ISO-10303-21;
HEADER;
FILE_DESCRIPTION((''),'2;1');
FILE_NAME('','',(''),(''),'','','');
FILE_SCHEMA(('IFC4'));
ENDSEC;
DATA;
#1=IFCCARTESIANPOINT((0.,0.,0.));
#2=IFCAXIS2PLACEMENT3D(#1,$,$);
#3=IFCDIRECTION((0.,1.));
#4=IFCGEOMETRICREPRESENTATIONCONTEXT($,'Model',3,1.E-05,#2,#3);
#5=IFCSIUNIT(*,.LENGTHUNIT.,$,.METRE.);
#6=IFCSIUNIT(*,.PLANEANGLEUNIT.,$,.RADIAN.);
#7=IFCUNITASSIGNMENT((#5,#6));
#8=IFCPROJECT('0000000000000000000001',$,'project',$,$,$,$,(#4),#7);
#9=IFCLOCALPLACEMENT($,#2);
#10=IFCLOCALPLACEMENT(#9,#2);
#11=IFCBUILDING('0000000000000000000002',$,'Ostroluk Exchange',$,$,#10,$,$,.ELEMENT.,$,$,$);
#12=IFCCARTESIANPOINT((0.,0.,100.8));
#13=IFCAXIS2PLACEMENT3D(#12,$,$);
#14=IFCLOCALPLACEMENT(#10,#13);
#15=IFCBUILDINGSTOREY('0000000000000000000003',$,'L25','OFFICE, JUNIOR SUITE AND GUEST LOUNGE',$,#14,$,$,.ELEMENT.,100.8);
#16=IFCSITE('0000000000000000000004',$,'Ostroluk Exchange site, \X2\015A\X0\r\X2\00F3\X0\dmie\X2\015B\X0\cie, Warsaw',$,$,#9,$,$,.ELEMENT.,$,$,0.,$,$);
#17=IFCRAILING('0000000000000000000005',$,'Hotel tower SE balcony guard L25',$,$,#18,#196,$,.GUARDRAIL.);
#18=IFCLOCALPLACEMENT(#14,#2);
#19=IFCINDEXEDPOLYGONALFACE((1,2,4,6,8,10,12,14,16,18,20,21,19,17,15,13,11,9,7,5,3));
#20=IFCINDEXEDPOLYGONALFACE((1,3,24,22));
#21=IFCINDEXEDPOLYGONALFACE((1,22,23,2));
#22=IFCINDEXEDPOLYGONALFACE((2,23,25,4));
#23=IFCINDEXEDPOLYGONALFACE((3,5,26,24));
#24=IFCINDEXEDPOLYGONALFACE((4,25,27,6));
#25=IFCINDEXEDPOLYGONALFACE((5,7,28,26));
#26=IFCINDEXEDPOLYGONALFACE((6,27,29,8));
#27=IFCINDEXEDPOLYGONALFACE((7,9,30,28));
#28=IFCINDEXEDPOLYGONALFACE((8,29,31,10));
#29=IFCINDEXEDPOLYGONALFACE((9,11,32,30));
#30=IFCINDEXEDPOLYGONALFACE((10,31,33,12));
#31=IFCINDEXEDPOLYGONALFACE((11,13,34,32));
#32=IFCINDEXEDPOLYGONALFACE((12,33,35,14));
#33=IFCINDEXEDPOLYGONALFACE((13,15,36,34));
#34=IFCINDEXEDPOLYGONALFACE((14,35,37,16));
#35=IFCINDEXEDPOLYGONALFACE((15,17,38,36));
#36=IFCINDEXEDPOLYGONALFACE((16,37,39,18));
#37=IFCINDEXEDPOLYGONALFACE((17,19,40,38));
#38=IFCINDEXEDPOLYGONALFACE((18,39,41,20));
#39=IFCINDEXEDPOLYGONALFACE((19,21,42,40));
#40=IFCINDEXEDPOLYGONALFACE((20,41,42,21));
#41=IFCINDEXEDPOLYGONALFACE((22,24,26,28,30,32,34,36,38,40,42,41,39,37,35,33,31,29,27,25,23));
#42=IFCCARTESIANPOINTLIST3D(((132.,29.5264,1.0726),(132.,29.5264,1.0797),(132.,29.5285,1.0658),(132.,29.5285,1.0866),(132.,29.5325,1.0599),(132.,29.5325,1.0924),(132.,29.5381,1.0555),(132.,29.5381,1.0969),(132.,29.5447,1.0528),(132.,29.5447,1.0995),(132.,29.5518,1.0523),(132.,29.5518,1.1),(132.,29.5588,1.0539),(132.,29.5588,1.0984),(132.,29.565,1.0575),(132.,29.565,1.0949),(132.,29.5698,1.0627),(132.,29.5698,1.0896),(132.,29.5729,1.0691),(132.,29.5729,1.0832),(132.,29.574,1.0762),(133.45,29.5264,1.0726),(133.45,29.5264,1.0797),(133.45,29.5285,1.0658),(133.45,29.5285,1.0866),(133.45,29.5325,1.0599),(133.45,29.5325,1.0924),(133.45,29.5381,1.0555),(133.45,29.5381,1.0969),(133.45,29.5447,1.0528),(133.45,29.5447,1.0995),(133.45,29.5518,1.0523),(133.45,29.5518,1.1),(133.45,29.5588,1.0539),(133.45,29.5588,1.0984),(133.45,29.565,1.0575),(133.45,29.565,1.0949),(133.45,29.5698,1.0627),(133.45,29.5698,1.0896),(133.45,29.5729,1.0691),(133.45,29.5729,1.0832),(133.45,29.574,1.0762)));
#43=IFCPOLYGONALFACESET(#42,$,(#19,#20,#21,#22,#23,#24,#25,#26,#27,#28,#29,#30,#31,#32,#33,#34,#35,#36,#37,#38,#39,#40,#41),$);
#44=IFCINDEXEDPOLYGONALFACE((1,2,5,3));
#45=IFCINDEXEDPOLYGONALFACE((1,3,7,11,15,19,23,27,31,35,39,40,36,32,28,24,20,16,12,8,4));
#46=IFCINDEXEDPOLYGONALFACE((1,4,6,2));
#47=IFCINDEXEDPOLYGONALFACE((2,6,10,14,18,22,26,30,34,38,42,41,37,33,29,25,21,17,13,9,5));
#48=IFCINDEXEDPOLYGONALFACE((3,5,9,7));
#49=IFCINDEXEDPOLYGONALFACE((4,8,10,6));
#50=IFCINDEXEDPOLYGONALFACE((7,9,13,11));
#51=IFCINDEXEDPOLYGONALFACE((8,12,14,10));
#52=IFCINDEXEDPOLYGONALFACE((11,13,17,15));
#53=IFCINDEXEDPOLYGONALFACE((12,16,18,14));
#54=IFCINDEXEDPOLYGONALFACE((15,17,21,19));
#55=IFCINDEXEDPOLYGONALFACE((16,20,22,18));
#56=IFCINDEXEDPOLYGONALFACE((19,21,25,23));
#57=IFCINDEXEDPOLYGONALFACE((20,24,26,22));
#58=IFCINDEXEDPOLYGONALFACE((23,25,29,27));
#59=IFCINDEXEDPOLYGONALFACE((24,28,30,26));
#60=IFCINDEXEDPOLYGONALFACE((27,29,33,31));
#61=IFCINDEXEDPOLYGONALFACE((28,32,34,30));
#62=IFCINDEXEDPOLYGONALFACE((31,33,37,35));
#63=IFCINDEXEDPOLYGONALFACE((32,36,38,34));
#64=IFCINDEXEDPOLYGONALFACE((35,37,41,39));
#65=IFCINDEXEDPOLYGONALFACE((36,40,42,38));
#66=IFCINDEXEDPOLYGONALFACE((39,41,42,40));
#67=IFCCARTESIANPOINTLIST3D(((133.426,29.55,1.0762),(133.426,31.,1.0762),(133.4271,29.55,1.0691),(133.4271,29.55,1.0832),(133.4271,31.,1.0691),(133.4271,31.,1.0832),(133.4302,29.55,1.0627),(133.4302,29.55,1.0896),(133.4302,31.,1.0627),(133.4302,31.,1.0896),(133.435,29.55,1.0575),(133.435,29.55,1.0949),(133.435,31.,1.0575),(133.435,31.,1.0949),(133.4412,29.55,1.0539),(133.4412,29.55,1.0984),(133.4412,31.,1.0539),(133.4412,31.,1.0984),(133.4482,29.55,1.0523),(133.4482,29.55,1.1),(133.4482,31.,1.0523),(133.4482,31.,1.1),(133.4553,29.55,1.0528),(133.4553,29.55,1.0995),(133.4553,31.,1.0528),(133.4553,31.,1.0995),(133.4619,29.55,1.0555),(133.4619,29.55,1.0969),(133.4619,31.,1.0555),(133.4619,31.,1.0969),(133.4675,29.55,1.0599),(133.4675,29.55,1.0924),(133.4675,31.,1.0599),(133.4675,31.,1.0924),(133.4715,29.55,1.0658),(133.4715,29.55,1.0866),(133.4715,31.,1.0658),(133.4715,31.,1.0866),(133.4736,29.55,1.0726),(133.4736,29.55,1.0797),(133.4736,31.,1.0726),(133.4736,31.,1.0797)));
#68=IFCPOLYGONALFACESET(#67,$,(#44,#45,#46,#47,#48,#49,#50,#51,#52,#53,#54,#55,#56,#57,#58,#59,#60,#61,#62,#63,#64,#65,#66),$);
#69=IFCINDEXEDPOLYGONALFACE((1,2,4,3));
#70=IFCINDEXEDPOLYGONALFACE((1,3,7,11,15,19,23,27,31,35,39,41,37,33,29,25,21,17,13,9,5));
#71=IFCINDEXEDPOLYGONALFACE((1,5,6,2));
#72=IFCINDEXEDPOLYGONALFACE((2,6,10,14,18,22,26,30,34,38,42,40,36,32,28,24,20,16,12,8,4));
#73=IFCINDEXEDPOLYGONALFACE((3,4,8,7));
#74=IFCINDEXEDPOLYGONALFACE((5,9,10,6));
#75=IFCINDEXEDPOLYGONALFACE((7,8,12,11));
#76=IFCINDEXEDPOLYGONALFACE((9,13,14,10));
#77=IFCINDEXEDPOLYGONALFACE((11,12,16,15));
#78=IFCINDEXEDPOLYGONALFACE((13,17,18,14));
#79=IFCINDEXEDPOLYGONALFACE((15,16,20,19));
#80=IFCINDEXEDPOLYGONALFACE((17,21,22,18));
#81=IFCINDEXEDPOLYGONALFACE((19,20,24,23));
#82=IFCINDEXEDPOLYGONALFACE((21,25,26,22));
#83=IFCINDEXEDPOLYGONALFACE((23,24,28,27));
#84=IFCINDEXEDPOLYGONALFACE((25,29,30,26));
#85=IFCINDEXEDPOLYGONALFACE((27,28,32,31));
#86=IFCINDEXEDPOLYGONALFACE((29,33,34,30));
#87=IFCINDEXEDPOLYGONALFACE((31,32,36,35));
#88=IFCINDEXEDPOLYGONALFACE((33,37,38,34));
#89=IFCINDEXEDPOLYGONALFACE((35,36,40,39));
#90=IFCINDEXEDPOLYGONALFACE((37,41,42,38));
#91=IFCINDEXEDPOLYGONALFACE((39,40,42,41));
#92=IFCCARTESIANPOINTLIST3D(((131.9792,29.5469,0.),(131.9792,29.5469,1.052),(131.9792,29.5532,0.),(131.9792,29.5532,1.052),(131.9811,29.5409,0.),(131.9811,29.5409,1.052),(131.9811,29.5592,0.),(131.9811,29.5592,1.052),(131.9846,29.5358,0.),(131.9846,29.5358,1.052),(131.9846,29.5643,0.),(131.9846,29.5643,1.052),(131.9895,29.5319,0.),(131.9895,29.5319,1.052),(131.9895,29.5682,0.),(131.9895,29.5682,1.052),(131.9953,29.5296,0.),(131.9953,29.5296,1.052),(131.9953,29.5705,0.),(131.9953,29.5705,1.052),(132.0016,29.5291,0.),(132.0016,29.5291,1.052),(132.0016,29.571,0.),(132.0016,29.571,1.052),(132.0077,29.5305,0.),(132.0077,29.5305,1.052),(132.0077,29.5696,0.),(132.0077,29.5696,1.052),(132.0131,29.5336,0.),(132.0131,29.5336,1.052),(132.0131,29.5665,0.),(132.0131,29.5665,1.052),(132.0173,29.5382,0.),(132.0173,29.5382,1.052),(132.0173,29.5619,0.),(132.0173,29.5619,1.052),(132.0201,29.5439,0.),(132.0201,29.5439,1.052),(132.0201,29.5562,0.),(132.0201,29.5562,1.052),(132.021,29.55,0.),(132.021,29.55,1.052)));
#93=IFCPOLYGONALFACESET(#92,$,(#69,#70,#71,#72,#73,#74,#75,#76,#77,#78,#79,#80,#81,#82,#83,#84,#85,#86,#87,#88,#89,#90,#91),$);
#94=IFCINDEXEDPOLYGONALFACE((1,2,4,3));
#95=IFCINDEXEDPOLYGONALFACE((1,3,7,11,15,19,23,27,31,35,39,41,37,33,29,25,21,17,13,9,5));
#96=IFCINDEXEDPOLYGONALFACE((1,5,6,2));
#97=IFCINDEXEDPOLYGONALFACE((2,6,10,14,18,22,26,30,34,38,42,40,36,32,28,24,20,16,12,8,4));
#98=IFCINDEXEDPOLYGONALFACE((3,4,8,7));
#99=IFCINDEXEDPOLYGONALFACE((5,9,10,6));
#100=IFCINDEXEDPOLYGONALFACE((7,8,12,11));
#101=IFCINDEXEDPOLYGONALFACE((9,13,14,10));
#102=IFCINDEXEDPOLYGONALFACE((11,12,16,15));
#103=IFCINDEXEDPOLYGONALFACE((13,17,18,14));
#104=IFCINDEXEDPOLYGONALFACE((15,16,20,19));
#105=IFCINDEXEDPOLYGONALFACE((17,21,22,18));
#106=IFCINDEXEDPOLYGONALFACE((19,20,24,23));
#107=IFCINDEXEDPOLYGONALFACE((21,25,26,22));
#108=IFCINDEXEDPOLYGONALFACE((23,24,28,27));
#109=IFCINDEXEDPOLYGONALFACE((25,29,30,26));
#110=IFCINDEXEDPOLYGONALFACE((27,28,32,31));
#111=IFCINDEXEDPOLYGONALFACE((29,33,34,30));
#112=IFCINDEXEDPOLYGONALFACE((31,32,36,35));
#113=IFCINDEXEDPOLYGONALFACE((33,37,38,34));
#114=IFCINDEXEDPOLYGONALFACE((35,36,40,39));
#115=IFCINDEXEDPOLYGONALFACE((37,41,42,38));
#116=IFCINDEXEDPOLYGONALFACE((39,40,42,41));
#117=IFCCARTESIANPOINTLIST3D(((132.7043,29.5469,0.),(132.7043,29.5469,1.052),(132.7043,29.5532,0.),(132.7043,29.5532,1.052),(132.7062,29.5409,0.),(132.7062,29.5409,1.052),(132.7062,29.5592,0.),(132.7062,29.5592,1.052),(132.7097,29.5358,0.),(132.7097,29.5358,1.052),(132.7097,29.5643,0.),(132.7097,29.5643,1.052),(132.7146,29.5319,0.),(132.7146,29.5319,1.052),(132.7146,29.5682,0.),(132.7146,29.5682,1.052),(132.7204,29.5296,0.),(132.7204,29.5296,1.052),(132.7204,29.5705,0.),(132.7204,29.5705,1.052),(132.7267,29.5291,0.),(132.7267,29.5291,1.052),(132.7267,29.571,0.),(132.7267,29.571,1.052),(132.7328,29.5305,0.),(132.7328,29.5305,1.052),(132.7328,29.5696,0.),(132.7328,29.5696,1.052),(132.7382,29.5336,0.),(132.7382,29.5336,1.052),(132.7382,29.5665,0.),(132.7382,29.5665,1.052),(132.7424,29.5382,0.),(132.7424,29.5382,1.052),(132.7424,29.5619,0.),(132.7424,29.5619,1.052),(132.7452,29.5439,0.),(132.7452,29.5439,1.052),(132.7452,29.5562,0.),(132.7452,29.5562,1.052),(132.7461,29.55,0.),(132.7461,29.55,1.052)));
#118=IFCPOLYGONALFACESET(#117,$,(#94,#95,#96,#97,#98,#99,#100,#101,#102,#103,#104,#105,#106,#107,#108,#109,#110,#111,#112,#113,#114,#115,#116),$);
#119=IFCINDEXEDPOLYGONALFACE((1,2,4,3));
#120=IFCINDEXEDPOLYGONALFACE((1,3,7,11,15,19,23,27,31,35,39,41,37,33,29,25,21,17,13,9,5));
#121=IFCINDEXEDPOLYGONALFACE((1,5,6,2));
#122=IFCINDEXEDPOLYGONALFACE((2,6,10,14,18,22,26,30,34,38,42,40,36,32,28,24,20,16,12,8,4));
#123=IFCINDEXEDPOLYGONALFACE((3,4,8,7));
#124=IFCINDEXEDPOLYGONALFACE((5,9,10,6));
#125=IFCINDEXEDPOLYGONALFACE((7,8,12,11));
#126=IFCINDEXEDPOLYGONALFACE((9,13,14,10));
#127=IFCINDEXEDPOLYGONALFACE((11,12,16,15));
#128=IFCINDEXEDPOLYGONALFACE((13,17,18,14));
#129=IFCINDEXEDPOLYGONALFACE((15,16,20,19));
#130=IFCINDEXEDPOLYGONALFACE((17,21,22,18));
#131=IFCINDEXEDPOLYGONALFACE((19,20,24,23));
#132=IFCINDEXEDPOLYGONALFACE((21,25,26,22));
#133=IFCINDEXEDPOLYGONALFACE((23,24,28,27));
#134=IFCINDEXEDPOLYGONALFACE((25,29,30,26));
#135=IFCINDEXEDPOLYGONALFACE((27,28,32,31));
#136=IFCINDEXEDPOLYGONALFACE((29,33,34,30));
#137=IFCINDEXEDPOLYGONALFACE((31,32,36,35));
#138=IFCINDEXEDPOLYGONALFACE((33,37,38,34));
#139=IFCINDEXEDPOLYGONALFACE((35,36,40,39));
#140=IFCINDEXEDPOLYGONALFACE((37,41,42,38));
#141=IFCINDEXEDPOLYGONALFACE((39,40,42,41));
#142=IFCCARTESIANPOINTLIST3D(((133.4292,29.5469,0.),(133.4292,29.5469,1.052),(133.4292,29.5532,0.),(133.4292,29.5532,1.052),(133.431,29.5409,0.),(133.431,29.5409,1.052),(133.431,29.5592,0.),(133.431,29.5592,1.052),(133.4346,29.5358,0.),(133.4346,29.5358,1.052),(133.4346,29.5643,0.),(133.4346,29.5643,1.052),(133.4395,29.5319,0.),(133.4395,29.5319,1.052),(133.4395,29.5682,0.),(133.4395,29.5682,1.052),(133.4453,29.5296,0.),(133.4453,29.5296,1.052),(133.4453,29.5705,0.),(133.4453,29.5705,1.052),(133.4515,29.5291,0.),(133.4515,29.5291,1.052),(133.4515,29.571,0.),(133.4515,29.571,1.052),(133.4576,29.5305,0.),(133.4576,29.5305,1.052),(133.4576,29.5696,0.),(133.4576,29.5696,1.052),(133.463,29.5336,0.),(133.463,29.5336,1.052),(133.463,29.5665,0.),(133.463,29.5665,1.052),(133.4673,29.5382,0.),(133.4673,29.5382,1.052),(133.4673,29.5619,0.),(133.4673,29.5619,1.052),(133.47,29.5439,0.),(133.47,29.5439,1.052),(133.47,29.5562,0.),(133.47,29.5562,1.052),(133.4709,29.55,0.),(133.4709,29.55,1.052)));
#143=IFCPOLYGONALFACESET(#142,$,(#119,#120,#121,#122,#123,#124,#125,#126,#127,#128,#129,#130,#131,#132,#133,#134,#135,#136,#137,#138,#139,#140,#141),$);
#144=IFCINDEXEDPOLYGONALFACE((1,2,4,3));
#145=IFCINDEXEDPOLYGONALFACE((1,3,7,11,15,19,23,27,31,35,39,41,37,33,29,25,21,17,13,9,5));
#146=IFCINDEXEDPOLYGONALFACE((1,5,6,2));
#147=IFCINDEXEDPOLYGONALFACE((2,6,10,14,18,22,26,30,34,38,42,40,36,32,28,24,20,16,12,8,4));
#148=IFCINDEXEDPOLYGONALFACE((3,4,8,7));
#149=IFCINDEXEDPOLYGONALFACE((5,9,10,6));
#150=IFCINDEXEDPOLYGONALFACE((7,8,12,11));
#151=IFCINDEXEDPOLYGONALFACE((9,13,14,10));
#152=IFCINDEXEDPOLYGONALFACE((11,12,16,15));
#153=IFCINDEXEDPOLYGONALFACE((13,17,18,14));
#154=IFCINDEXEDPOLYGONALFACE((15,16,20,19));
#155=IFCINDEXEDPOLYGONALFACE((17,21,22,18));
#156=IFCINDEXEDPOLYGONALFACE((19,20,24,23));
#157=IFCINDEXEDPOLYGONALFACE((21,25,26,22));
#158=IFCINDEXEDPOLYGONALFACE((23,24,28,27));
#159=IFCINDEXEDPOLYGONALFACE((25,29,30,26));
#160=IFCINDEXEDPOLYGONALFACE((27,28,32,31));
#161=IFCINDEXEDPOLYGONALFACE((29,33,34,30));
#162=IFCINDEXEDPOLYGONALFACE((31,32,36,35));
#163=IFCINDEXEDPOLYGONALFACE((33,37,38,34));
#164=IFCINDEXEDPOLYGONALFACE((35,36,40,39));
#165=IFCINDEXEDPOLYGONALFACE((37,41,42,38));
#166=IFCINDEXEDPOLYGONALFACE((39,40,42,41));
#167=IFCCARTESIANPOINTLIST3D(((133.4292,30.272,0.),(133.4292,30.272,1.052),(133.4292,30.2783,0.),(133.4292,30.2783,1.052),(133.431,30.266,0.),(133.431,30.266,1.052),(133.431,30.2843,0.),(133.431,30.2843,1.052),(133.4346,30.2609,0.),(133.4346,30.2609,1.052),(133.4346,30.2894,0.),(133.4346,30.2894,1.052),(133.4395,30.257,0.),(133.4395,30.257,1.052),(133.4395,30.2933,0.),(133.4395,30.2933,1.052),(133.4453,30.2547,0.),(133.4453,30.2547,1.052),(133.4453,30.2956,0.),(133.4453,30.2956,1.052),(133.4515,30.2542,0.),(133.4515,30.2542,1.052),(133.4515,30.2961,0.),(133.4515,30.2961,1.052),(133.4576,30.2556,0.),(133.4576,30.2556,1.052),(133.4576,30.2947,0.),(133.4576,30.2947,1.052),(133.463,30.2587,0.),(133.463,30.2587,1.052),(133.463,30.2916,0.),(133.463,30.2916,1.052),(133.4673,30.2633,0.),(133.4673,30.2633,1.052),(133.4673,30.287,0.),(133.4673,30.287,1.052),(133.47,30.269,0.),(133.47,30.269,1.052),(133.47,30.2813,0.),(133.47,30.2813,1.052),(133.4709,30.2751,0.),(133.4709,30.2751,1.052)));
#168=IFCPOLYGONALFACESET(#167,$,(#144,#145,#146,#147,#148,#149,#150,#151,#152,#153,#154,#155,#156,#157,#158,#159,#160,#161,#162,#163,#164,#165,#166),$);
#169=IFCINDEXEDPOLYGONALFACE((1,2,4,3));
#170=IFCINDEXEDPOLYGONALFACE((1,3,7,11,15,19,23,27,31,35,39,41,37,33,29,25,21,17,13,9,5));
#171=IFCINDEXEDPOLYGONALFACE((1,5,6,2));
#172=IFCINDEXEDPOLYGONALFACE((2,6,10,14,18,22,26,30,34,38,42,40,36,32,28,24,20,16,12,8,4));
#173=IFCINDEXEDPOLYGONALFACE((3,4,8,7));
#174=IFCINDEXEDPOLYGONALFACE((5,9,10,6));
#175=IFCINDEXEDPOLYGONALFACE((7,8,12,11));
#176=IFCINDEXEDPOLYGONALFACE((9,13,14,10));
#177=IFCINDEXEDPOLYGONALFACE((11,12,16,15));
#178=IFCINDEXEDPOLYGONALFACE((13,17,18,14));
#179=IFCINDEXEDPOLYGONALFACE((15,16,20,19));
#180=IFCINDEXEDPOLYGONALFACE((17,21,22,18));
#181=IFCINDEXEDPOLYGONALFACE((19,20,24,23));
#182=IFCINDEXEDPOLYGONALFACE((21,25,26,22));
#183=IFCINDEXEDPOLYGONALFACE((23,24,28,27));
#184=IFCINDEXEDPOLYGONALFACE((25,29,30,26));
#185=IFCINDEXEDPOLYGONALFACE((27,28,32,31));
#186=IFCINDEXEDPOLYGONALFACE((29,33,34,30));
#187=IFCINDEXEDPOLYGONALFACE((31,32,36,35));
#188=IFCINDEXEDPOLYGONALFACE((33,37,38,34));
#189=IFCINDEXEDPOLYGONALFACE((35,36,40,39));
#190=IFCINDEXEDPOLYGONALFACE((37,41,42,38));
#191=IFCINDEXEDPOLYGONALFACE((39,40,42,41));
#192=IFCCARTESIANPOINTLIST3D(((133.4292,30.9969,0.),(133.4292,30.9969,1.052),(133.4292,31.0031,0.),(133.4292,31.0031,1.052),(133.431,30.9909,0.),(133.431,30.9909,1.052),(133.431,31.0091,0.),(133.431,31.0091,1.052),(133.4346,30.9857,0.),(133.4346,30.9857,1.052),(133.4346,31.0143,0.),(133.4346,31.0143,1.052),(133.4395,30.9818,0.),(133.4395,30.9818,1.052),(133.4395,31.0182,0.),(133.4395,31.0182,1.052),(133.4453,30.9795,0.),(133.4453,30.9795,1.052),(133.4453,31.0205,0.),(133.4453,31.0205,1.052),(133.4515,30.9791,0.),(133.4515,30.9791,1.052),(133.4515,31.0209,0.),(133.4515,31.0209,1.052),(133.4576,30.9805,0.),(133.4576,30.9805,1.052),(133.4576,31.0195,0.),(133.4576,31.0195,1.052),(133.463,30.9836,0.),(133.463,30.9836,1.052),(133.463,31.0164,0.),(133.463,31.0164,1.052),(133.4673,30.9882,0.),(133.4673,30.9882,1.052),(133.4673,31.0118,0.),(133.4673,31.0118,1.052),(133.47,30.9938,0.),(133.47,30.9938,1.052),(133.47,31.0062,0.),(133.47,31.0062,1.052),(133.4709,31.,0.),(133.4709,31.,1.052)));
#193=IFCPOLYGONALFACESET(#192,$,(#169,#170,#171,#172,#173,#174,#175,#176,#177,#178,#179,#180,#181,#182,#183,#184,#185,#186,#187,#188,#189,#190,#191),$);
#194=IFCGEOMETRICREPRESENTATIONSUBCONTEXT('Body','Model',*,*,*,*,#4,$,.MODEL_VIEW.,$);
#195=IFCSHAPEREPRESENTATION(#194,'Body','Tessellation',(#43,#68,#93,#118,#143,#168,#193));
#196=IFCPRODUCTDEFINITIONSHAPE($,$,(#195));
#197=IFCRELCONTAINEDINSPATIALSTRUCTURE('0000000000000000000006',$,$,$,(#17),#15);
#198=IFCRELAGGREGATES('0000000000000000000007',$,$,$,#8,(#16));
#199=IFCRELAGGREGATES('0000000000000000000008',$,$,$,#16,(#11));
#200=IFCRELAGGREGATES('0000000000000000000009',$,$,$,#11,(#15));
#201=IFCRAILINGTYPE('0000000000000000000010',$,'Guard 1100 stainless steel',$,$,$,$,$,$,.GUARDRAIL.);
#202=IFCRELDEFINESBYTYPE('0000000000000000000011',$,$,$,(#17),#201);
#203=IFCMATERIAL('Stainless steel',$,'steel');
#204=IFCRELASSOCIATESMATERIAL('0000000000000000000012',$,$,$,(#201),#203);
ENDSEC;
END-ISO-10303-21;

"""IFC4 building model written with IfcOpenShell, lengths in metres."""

from ifc_helpers import new_model, si_unit, direction, frame, origin, origin_2d, place, context, subcontext, project, spatial, circle, extrude, material, type_object, element, save


model = new_model("IFC4")

# Units and contexts
model_context = context("Model", 3, precision=1e-05, world=origin(), true_north=direction((0.0, 1.0)))
body_context = subcontext(model_context, "Body", "Model", "MODEL_VIEW")
ifc_project = project(units=[si_unit("LENGTHUNIT", "METRE"), si_unit("PLANEANGLEUNIT", "RADIAN")], contexts=[model_context])

# Site, building, storey
site_placement = place(None, origin())
site = spatial("IfcSite", under=ifc_project, at=site_placement, Name="Ostroluk Exchange site, Śródmieście, Warsaw", CompositionType="ELEMENT", RefElevation=0.0)
building_placement = place(site_placement, origin())
building = spatial("IfcBuilding", under=site, at=building_placement, Name="Ostroluk Exchange", CompositionType="ELEMENT")
storey_placement = place(building_placement, frame((0.0, 0.0, 100.8)))
storey = spatial("IfcBuildingStorey", under=building, at=storey_placement, Name="L25", Description="OFFICE, JUNIOR SUITE AND GUEST LOUNGE", CompositionType="ELEMENT", Elevation=100.8)

# Railing
ifc_material_1 = material(Name="Stainless steel", Category="steel")
railing_type_1 = type_object("IfcRailingType", Name="Guard 1100 stainless steel", PredefinedType="GUARDRAIL", material=ifc_material_1)
railing_1_placement = place(storey_placement, frame((132.0, 29.55, 0.0)))
element("IfcRailing", 1, at=railing_1_placement, inside=storey, type_object=railing_type_1, Name="Hotel tower SE balcony guard L25", PredefinedType="GUARDRAIL", context=body_context, shape_type="SweptSolid", body=[
    extrude(circle(Radius=0.0239, at=origin_2d()), frame((0.0, 0.0, 1.0762), z_axis=(1.0, 0.0, 0.0), x_axis=(0.0, 1.0, 0.0)), (0.0, 0.0, 1.0), 1.45),
    extrude(circle(Radius=0.0239, at=origin_2d()), frame((1.45, 0.0, 1.0762), z_axis=(0.0, 1.0, 0.0), x_axis=(-1.0, 0.0, 0.0)), (0.0, 0.0, 1.0), 1.45),
    extrude(circle(Radius=0.021, at=origin_2d()), origin(), (0.0, 0.0, 1.0), 1.052),
    extrude(circle(Radius=0.021, at=origin_2d()), frame((0.7251, 0.0, 0.0)), (0.0, 0.0, 1.0), 1.052),
    extrude(circle(Radius=0.021, at=origin_2d()), frame((1.45, 0.0, 0.0)), (0.0, 0.0, 1.0), 1.052),
    extrude(circle(Radius=0.021, at=origin_2d()), frame((1.45, 0.7251, 0.0)), (0.0, 0.0, 1.0), 1.052),
    extrude(circle(Radius=0.021, at=origin_2d()), frame((1.45, 1.45, 0.0)), (0.0, 0.0, 1.0), 1.052),
])

save(model, "model.ifc")
